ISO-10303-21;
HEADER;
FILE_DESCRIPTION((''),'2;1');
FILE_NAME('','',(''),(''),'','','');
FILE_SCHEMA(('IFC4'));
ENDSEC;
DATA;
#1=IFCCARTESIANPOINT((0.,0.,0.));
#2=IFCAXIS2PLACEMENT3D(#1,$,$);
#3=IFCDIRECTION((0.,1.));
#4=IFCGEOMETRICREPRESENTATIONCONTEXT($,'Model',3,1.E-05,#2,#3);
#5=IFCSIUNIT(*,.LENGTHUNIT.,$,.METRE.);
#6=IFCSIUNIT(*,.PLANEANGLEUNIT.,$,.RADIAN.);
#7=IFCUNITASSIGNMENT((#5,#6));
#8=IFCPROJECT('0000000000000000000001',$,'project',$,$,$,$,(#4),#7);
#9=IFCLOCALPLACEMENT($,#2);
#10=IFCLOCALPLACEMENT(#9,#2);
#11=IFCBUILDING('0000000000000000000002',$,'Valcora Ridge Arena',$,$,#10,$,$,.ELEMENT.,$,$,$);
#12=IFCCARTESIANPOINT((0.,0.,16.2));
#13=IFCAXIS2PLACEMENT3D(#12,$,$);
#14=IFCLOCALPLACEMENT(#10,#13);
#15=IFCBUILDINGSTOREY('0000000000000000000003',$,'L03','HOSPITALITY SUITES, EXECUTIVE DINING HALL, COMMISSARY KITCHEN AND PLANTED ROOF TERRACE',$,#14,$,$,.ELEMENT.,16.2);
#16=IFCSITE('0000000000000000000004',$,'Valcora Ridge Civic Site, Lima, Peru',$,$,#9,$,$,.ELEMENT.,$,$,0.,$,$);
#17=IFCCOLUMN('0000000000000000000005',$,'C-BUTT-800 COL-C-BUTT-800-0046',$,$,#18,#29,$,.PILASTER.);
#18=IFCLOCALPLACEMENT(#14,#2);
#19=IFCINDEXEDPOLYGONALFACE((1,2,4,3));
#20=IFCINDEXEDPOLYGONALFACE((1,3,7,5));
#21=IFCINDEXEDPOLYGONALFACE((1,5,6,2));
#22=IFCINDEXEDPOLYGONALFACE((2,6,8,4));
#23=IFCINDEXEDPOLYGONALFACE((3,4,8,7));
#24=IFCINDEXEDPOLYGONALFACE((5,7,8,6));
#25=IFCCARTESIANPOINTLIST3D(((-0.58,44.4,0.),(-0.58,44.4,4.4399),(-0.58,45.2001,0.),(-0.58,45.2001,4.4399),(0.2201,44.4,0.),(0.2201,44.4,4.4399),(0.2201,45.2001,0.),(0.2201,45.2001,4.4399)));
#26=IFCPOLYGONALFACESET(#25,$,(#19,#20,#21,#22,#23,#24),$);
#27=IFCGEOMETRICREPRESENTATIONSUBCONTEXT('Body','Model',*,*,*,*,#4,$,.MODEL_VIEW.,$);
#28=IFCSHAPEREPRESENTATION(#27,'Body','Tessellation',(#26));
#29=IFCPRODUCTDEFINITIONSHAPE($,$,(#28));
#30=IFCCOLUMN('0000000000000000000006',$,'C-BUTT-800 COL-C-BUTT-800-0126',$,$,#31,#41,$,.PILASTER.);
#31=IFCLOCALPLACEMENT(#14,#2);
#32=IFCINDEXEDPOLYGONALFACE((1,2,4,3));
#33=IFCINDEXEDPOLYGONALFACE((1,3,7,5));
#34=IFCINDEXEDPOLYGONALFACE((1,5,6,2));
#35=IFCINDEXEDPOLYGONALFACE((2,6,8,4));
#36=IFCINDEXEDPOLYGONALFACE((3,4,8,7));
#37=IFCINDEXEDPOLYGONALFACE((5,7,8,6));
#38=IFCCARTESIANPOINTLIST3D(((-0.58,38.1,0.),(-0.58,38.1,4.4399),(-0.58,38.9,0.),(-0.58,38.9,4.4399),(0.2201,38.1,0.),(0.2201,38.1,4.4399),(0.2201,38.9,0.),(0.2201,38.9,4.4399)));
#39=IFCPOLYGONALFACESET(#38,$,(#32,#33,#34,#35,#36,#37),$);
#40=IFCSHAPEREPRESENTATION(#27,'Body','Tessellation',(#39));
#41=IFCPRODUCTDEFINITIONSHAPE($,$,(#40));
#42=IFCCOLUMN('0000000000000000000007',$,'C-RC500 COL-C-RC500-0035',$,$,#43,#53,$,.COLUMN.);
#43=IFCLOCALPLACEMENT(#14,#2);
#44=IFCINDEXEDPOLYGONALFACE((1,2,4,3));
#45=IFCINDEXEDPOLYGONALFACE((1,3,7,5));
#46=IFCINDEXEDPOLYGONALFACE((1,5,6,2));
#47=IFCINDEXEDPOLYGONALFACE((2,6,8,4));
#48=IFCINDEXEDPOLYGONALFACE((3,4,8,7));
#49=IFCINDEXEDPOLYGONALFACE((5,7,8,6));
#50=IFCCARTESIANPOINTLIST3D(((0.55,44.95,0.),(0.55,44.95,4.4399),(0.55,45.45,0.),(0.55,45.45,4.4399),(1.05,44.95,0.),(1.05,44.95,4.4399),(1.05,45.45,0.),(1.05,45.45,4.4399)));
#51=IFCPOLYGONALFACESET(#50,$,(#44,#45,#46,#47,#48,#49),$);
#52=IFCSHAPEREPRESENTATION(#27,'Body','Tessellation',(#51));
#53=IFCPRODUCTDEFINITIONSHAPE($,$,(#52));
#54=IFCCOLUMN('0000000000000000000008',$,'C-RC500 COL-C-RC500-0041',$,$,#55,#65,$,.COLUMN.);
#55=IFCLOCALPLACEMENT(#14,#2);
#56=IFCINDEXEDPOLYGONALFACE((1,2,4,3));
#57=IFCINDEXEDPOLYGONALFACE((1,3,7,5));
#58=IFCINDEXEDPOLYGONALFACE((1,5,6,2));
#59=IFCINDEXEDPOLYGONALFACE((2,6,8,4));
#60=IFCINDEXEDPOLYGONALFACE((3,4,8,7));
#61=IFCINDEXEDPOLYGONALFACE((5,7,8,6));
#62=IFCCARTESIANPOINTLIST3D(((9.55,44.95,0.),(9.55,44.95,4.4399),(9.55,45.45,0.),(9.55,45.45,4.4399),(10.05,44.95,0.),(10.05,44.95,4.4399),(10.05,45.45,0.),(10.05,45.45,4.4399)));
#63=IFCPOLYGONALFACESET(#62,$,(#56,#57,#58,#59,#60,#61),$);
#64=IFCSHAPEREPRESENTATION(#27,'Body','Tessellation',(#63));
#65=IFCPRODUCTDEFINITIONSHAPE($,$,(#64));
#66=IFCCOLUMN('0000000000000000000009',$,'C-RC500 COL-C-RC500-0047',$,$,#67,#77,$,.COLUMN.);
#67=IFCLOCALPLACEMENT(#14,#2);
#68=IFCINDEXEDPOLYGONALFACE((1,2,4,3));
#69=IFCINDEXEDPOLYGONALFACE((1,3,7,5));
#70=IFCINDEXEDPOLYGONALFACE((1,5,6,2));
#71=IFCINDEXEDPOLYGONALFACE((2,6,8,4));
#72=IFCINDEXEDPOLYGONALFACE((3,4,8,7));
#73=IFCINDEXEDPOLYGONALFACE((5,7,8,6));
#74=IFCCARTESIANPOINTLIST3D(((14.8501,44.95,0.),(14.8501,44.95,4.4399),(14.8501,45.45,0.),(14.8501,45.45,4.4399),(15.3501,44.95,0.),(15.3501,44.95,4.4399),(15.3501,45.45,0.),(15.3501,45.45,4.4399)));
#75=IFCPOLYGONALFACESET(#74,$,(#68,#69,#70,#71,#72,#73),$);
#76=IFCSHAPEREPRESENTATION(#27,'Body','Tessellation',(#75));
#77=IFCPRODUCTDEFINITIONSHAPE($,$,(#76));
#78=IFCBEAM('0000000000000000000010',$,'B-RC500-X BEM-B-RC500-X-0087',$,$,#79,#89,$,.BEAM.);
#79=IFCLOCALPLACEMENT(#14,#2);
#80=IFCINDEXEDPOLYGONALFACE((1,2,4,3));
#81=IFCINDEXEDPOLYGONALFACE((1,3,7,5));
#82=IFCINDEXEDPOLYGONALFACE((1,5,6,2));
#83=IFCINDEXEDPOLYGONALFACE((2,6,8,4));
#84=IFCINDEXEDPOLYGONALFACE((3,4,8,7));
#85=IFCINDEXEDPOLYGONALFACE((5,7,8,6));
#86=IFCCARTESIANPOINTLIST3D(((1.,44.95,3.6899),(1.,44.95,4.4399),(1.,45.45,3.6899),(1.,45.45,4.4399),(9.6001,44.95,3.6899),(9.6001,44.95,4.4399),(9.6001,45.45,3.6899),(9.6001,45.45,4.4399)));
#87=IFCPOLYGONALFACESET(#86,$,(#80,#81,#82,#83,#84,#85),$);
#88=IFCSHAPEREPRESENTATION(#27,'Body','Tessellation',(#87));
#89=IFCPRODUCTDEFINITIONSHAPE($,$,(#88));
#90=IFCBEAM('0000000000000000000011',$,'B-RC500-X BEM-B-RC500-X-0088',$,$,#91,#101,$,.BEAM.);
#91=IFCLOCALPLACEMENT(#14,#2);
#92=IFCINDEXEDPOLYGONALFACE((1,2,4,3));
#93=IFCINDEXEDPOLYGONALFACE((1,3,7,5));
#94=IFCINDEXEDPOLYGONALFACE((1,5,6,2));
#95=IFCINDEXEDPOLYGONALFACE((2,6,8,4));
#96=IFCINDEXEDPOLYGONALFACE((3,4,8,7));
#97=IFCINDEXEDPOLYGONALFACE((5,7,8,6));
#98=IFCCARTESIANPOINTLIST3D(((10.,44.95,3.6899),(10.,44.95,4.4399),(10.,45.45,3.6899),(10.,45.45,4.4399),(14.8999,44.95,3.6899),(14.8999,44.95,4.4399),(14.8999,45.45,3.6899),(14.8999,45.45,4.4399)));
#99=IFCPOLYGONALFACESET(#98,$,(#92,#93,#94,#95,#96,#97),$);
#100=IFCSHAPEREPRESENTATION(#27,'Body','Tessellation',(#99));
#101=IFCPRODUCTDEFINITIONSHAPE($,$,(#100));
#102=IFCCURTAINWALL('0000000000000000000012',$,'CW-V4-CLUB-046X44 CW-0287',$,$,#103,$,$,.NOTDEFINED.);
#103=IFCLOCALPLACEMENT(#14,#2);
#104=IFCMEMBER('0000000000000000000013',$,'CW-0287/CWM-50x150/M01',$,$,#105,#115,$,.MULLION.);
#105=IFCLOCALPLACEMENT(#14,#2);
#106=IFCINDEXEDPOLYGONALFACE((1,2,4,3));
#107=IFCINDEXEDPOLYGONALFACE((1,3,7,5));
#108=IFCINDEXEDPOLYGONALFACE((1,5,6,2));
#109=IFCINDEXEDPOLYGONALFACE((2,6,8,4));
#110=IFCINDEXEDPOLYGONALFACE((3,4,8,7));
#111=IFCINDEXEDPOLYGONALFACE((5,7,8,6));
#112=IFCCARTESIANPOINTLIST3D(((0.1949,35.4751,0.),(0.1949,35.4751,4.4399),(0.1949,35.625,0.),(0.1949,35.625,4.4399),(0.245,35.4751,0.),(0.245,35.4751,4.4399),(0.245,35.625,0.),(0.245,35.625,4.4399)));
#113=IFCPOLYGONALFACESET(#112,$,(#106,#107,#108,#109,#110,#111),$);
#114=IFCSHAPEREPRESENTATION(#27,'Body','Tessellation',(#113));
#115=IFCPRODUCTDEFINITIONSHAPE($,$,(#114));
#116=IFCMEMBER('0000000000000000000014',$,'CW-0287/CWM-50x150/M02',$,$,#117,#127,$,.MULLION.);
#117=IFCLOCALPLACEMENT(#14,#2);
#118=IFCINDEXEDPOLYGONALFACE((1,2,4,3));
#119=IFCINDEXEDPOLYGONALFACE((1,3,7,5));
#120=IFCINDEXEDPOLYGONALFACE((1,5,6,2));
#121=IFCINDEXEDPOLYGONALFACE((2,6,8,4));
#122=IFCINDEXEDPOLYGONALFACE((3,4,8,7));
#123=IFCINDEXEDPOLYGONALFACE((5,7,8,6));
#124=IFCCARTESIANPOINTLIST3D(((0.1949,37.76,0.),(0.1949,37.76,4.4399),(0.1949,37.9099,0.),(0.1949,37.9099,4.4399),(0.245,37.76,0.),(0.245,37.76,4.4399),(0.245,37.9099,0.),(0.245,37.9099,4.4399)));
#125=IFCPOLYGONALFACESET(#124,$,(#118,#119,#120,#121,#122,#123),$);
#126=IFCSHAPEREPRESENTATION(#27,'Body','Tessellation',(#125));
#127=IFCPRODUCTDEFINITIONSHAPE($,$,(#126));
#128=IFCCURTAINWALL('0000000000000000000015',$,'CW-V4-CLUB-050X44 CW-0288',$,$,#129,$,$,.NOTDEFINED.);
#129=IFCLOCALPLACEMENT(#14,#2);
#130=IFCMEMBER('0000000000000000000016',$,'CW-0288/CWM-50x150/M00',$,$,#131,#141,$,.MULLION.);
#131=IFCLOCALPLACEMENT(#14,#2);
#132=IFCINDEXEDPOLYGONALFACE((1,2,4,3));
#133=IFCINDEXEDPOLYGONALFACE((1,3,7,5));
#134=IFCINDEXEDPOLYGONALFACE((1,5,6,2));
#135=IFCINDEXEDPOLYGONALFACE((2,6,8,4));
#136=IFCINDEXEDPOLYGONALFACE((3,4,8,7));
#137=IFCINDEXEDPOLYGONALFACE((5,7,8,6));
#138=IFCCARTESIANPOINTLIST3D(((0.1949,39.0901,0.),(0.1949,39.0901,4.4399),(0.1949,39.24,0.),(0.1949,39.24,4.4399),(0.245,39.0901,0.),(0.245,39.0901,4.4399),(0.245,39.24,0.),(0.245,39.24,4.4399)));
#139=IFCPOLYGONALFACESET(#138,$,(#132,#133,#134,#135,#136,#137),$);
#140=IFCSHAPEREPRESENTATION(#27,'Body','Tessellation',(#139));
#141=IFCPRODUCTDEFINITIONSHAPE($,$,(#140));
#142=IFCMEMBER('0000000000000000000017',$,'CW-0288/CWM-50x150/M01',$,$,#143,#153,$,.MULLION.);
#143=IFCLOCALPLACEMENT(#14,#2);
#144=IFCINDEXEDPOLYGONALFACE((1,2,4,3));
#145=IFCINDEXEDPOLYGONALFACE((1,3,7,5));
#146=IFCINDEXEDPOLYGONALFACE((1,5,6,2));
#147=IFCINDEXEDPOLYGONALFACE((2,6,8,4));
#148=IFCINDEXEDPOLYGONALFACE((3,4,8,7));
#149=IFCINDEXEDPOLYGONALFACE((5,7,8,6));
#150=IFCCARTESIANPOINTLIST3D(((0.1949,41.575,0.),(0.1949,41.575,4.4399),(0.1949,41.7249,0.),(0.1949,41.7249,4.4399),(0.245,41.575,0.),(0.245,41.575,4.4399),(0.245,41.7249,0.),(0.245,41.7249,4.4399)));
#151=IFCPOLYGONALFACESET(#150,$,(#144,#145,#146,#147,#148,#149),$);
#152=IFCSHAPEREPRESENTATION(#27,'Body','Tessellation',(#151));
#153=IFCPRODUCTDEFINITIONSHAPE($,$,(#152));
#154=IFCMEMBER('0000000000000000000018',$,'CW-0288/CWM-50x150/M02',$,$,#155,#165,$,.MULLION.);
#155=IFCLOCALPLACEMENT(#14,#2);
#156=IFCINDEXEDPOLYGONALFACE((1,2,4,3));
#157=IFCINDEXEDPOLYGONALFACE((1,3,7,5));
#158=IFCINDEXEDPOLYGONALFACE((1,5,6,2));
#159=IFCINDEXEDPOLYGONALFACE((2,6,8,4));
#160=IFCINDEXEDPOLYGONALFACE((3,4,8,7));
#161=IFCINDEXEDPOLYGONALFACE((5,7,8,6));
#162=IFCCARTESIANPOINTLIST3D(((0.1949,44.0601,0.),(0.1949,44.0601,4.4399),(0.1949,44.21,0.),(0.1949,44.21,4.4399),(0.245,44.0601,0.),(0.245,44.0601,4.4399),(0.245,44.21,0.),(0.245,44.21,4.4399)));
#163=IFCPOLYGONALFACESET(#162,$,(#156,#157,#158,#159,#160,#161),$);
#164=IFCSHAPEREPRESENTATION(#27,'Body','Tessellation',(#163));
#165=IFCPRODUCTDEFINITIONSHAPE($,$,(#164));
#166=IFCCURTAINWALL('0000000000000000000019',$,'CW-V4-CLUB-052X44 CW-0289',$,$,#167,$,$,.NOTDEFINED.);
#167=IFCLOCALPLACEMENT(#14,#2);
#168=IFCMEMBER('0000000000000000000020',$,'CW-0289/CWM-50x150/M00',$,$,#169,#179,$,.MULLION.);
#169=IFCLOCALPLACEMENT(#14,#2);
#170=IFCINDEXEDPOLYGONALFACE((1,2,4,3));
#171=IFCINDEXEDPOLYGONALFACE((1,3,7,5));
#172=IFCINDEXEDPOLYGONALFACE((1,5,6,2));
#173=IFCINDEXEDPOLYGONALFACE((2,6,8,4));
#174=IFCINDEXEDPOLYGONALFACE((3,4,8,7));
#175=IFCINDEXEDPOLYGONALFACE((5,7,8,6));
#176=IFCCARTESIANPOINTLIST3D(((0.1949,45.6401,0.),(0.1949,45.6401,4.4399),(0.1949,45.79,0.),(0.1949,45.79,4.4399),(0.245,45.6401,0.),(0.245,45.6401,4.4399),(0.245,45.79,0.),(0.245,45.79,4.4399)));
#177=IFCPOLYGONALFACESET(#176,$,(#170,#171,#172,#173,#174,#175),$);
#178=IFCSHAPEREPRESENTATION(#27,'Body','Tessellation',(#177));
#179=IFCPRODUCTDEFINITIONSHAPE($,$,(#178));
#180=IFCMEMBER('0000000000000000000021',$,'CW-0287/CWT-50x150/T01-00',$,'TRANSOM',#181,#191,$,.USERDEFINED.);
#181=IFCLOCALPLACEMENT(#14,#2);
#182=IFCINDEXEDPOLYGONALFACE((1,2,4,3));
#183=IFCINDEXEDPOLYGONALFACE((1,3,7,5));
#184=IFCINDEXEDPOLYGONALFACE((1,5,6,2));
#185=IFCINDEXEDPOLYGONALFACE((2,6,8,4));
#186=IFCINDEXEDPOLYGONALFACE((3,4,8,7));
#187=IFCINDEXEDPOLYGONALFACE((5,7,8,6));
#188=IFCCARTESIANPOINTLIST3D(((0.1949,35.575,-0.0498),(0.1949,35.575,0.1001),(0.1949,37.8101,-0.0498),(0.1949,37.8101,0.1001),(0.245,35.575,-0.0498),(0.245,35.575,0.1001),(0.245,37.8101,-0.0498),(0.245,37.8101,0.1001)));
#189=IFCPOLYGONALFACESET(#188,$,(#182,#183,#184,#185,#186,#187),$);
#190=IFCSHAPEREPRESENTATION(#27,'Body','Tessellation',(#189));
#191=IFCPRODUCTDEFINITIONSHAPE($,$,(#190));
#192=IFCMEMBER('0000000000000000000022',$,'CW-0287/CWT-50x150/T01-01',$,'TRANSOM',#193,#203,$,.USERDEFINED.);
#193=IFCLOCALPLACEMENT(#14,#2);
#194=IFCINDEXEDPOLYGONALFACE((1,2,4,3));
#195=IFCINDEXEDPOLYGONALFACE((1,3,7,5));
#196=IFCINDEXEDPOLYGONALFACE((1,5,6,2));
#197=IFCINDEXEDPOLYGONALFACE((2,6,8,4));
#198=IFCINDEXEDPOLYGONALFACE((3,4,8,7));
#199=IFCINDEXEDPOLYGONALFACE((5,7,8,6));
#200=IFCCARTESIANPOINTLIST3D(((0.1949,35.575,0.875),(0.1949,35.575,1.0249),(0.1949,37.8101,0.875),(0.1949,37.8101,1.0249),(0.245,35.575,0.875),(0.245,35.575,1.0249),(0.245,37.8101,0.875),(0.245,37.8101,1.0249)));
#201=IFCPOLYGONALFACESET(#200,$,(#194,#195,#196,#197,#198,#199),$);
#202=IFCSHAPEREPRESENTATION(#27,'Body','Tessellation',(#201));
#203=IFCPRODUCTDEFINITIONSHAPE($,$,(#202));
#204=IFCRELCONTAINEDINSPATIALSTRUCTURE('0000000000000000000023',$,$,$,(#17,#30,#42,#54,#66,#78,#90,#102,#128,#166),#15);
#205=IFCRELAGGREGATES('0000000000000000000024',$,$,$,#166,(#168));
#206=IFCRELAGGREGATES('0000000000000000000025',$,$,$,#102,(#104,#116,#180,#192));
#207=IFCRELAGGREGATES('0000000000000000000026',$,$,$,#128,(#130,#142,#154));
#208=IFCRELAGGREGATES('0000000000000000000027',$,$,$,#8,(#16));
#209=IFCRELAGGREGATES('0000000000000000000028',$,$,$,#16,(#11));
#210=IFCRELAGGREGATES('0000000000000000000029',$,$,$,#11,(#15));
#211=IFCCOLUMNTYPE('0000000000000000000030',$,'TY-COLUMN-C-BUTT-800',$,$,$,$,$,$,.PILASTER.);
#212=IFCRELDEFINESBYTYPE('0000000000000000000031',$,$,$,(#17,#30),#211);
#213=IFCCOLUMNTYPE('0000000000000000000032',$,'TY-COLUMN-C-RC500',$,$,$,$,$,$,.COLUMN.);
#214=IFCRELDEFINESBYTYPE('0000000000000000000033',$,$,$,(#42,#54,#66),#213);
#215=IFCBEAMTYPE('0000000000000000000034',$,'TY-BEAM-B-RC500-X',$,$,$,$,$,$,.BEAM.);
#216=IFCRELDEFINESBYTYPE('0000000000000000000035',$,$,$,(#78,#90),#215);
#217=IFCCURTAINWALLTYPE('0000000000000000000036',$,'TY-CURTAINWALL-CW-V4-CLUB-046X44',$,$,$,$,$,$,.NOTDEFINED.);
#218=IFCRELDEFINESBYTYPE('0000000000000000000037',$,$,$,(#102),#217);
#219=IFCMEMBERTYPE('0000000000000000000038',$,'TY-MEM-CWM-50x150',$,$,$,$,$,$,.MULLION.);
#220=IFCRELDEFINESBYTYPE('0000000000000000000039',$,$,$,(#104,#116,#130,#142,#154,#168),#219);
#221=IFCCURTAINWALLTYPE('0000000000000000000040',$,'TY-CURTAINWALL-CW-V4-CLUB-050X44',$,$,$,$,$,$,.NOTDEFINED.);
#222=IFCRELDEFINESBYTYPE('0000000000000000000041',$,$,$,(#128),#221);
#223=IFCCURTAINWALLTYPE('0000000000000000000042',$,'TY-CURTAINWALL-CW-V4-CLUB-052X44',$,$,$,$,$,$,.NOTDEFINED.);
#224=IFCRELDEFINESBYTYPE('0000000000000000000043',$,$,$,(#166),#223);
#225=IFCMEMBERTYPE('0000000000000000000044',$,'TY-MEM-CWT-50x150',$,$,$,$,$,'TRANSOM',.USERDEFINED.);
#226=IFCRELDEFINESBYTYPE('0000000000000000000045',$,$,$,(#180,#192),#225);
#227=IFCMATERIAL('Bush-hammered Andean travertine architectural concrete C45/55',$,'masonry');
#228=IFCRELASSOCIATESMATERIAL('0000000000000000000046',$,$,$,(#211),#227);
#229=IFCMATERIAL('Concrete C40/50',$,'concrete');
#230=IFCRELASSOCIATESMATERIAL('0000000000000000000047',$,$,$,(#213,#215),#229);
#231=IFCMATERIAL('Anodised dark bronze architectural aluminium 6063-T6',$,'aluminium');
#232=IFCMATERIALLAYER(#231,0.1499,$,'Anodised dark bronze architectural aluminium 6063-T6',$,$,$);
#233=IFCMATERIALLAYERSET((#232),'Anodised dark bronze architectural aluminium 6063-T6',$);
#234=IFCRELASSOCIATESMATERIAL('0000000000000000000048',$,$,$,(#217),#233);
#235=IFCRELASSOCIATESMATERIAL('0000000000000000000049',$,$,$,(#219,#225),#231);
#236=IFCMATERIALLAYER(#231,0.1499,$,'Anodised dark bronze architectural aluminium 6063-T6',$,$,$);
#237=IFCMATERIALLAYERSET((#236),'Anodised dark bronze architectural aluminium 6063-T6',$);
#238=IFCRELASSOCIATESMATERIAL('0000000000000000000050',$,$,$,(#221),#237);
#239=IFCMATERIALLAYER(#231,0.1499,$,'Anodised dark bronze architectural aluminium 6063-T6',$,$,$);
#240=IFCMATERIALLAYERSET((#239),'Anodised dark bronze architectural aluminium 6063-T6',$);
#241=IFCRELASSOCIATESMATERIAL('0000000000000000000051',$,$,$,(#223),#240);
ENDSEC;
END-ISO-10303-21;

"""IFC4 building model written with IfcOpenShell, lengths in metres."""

from ifc_helpers import new_model, si_unit, direction, frame, origin, origin_2d, place, context, subcontext, project, spatial, rectangle, extrude, material, layer, layer_set, material_profile, profile_set, type_object, element, aggregate, save


model = new_model("IFC4")

# Units and contexts
model_context = context("Model", 3, precision=1e-05, world=origin(), true_north=direction((0.0, 1.0)))
body_context = subcontext(model_context, "Body", "Model", "MODEL_VIEW")
ifc_project = project(units=[si_unit("LENGTHUNIT", "METRE"), si_unit("PLANEANGLEUNIT", "RADIAN")], contexts=[model_context])

# Site, building, storey
site_placement = place(None, origin())
site = spatial("IfcSite", under=ifc_project, at=site_placement, Name="Valcora Ridge Civic Site, Lima, Peru", CompositionType="ELEMENT", RefElevation=0.0)
building_placement = place(site_placement, origin())
building = spatial("IfcBuilding", under=site, at=building_placement, Name="Valcora Ridge Arena", CompositionType="ELEMENT")
storey_placement = place(building_placement, frame((0.0, 0.0, 16.2)))
storey = spatial("IfcBuildingStorey", under=building, at=storey_placement, Name="L03", Description="HOSPITALITY SUITES, EXECUTIVE DINING HALL, COMMISSARY KITCHEN AND PLANTED ROOF TERRACE", CompositionType="ELEMENT", Elevation=16.2)

# Columns
ifc_material_1 = material(Name="Bush-hammered Andean travertine architectural concrete C45/55", Category="masonry")
ifc_material_profile_1 = material_profile(ifc_material_1, rectangle(XDim=0.8, YDim=0.8, at=origin_2d()), Name="RC 800x800")
ifc_profile_set_1 = profile_set([ifc_material_profile_1], Name="Bush-hammered Andean travertine architectural concrete C45/55")
column_type_1 = type_object("IfcColumnType", Name="TY-COLUMN-C-BUTT-800", PredefinedType="PILASTER", material=ifc_profile_set_1)
for number, where, z_axis, x_axis, name in (
    (1, (-0.1799, 44.8, 0.0), (0.0, 0.0, 1.0), (1.0, 0.0, 0.0), "C-BUTT-800 COL-C-BUTT-800-0046"),
    (2, (-0.1799, 38.5, 0.0), (0.0, 0.0, 1.0), (1.0, 0.0, 0.0), "C-BUTT-800 COL-C-BUTT-800-0126"),
):
    element("IfcColumn", number, at=place(storey_placement, frame(where, z_axis=z_axis, x_axis=x_axis)), inside=storey, type_object=column_type_1, Name=name, PredefinedType="PILASTER", context=body_context, shape_type="SweptSolid", body=[
        extrude(rectangle(XDim=0.8, YDim=0.8, at=origin_2d()), origin(), (0.0, 0.0, 1.0), 4.4399),
    ])
ifc_material_2 = material(Name="Concrete C40/50", Category="concrete")
ifc_material_profile_2 = material_profile(ifc_material_2, rectangle(XDim=0.5, YDim=0.5, at=origin_2d()), Name="RC 500x500")
ifc_profile_set_2 = profile_set([ifc_material_profile_2], Name="Concrete C40/50")
column_type_2 = type_object("IfcColumnType", Name="TY-COLUMN-C-RC500", PredefinedType="COLUMN", material=ifc_profile_set_2)
for number, where, z_axis, x_axis, name in (
    (3, (0.8, 45.2, 0.0), (0.0, 0.0, 1.0), (1.0, 0.0, 0.0), "C-RC500 COL-C-RC500-0035"),
    (4, (9.8, 45.2, 0.0), (0.0, 0.0, 1.0), (1.0, 0.0, 0.0), "C-RC500 COL-C-RC500-0041"),
    (5, (15.1001, 45.2, 0.0), (0.0, 0.0, 1.0), (1.0, 0.0, 0.0), "C-RC500 COL-C-RC500-0047"),
):
    element("IfcColumn", number, at=place(storey_placement, frame(where, z_axis=z_axis, x_axis=x_axis)), inside=storey, type_object=column_type_2, Name=name, PredefinedType="COLUMN", context=body_context, shape_type="SweptSolid", body=[
        extrude(rectangle(XDim=0.5, YDim=0.5, at=origin_2d()), origin(), (0.0, 0.0, 1.0), 4.4399),
    ])

# Beams
ifc_material_profile_3 = material_profile(ifc_material_2, rectangle(XDim=0.5, YDim=0.75, at=origin_2d()), Name="RC 500x750")
ifc_profile_set_3 = profile_set([ifc_material_profile_3], Name="Concrete C40/50")
beam_type = type_object("IfcBeamType", Name="TY-BEAM-B-RC500-X", PredefinedType="BEAM", material=ifc_profile_set_3)
beam_1_placement = place(storey_placement, frame((1.0, 45.2, 4.0649), z_axis=(1.0, 0.0, 0.0), x_axis=(0.0, 1.0, 0.0)))
element("IfcBeam", 6, at=beam_1_placement, inside=storey, type_object=beam_type, Name="B-RC500-X BEM-B-RC500-X-0087", PredefinedType="BEAM", context=body_context, shape_type="SweptSolid", body=[
    extrude(rectangle(XDim=0.5, YDim=0.75, at=origin_2d()), origin(), (0.0, 0.0, 1.0), 8.6001),
])
beam_2_placement = place(storey_placement, frame((10.0, 45.2, 4.0649), z_axis=(1.0, 0.0, 0.0), x_axis=(0.0, 1.0, 0.0)))
element("IfcBeam", 7, at=beam_2_placement, inside=storey, type_object=beam_type, Name="B-RC500-X BEM-B-RC500-X-0088", PredefinedType="BEAM", context=body_context, shape_type="SweptSolid", body=[
    extrude(rectangle(XDim=0.5, YDim=0.75, at=origin_2d()), origin(), (0.0, 0.0, 1.0), 4.8999),
])

# Curtain walls, members
ifc_material_3 = material(Name="Anodised dark bronze architectural aluminium 6063-T6", Category="aluminium")
ifc_layer_1 = layer(ifc_material_3, 0.1499, Name="Anodised dark bronze architectural aluminium 6063-T6")
ifc_layer_set_1 = layer_set([ifc_layer_1], Name="Anodised dark bronze architectural aluminium 6063-T6")
curtain_wall_type_1 = type_object("IfcCurtainWallType", Name="TY-CURTAINWALL-CW-V4-CLUB-046X44", PredefinedType="NOTDEFINED", material=ifc_layer_set_1)
curtain_wall_1_placement = place(storey_placement, origin())
curtain_wall_1 = element("IfcCurtainWall", 8, at=curtain_wall_1_placement, inside=storey, type_object=curtain_wall_type_1, Name="CW-V4-CLUB-046X44 CW-0287", PredefinedType="NOTDEFINED")
ifc_material_profile_4 = material_profile(ifc_material_3, rectangle(XDim=0.05, YDim=0.1499, at=origin_2d()), Name="ALU MULLION 50x150")
ifc_profile_set_4 = profile_set([ifc_material_profile_4], Name="Anodised dark bronze architectural aluminium 6063-T6")
member_type_1 = type_object("IfcMemberType", Name="TY-MEM-CWM-50x150", PredefinedType="MULLION", material=ifc_profile_set_4)
member_1_placement = place(storey_placement, frame((0.22, 35.55, 0.0), z_axis=(0.0, 0.0, 1.0), x_axis=(-1.0, 0.0, 0.0)))
member_1 = element("IfcMember", 9, at=member_1_placement, type_object=member_type_1, Name="CW-0287/CWM-50x150/M01", PredefinedType="MULLION", context=body_context, shape_type="SweptSolid", body=[
    extrude(rectangle(XDim=0.05, YDim=0.1499, at=origin_2d()), origin(), (0.0, 0.0, 1.0), 4.4399),
])
member_2_placement = place(storey_placement, frame((0.22, 37.835, 0.0), z_axis=(0.0, 0.0, 1.0), x_axis=(-1.0, 0.0, 0.0)))
member_2 = element("IfcMember", 10, at=member_2_placement, type_object=member_type_1, Name="CW-0287/CWM-50x150/M02", PredefinedType="MULLION", context=body_context, shape_type="SweptSolid", body=[
    extrude(rectangle(XDim=0.05, YDim=0.1499, at=origin_2d()), origin(), (0.0, 0.0, 1.0), 4.4399),
])
ifc_layer_2 = layer(ifc_material_3, 0.1499, Name="Anodised dark bronze architectural aluminium 6063-T6")
ifc_layer_set_2 = layer_set([ifc_layer_2], Name="Anodised dark bronze architectural aluminium 6063-T6")
curtain_wall_type_2 = type_object("IfcCurtainWallType", Name="TY-CURTAINWALL-CW-V4-CLUB-050X44", PredefinedType="NOTDEFINED", material=ifc_layer_set_2)
curtain_wall_2_placement = place(storey_placement, origin())
curtain_wall_2 = element("IfcCurtainWall", 11, at=curtain_wall_2_placement, inside=storey, type_object=curtain_wall_type_2, Name="CW-V4-CLUB-050X44 CW-0288", PredefinedType="NOTDEFINED")
member_3_placement = place(storey_placement, frame((0.22, 39.165, 0.0), z_axis=(0.0, 0.0, 1.0), x_axis=(-1.0, 0.0, 0.0)))
member_3 = element("IfcMember", 12, at=member_3_placement, type_object=member_type_1, Name="CW-0288/CWM-50x150/M00", PredefinedType="MULLION", context=body_context, shape_type="SweptSolid", body=[
    extrude(rectangle(XDim=0.05, YDim=0.1499, at=origin_2d()), origin(), (0.0, 0.0, 1.0), 4.4399),
])
member_4_placement = place(storey_placement, frame((0.22, 41.6499, 0.0), z_axis=(0.0, 0.0, 1.0), x_axis=(-1.0, 0.0, 0.0)))
member_4 = element("IfcMember", 13, at=member_4_placement, type_object=member_type_1, Name="CW-0288/CWM-50x150/M01", PredefinedType="MULLION", context=body_context, shape_type="SweptSolid", body=[
    extrude(rectangle(XDim=0.05, YDim=0.1499, at=origin_2d()), origin(), (0.0, 0.0, 1.0), 4.4399),
])
member_5_placement = place(storey_placement, frame((0.22, 44.135, 0.0), z_axis=(0.0, 0.0, 1.0), x_axis=(-1.0, 0.0, 0.0)))
member_5 = element("IfcMember", 14, at=member_5_placement, type_object=member_type_1, Name="CW-0288/CWM-50x150/M02", PredefinedType="MULLION", context=body_context, shape_type="SweptSolid", body=[
    extrude(rectangle(XDim=0.05, YDim=0.1499, at=origin_2d()), origin(), (0.0, 0.0, 1.0), 4.4399),
])

# Curtain wall, member
ifc_layer_3 = layer(ifc_material_3, 0.1499, Name="Anodised dark bronze architectural aluminium 6063-T6")
ifc_layer_set_3 = layer_set([ifc_layer_3], Name="Anodised dark bronze architectural aluminium 6063-T6")
curtain_wall_type_3 = type_object("IfcCurtainWallType", Name="TY-CURTAINWALL-CW-V4-CLUB-052X44", PredefinedType="NOTDEFINED", material=ifc_layer_set_3)
curtain_wall_3_placement = place(storey_placement, origin())
curtain_wall_3 = element("IfcCurtainWall", 15, at=curtain_wall_3_placement, inside=storey, type_object=curtain_wall_type_3, Name="CW-V4-CLUB-052X44 CW-0289", PredefinedType="NOTDEFINED")
member_6_placement = place(storey_placement, frame((0.22, 45.7151, 0.0), z_axis=(0.0, 0.0, 1.0), x_axis=(-1.0, 0.0, 0.0)))
member_6 = element("IfcMember", 16, at=member_6_placement, type_object=member_type_1, Name="CW-0289/CWM-50x150/M00", PredefinedType="MULLION", context=body_context, shape_type="SweptSolid", body=[
    extrude(rectangle(XDim=0.05, YDim=0.1499, at=origin_2d()), origin(), (0.0, 0.0, 1.0), 4.4399),
])

# Members
ifc_material_profile_5 = material_profile(ifc_material_3, rectangle(XDim=0.05, YDim=0.1499, at=origin_2d()), Name="ALU TRANSOM 50x150")
ifc_profile_set_5 = profile_set([ifc_material_profile_5], Name="Anodised dark bronze architectural aluminium 6063-T6")
member_type_2 = type_object("IfcMemberType", Name="TY-MEM-CWT-50x150", ElementType="TRANSOM", PredefinedType="USERDEFINED", material=ifc_profile_set_5)
member_7_placement = place(storey_placement, frame((0.22, 35.575, 0.0251), z_axis=(0.0, 1.0, 0.0), x_axis=(-1.0, 0.0, 0.0)))
member_7 = element("IfcMember", 17, at=member_7_placement, type_object=member_type_2, Name="CW-0287/CWT-50x150/T01-00", ObjectType="TRANSOM", PredefinedType="USERDEFINED", context=body_context, shape_type="SweptSolid", body=[
    extrude(rectangle(XDim=0.05, YDim=0.1499, at=origin_2d()), origin(), (0.0, 0.0, 1.0), 2.2351),
])
member_8_placement = place(storey_placement, frame((0.22, 35.575, 0.95), z_axis=(0.0, 1.0, 0.0), x_axis=(-1.0, 0.0, 0.0)))
member_8 = element("IfcMember", 18, at=member_8_placement, type_object=member_type_2, Name="CW-0287/CWT-50x150/T01-01", ObjectType="TRANSOM", PredefinedType="USERDEFINED", context=body_context, shape_type="SweptSolid", body=[
    extrude(rectangle(XDim=0.05, YDim=0.1499, at=origin_2d()), origin(), (0.0, 0.0, 1.0), 2.2351),
])
aggregate(curtain_wall_3, [member_6])

aggregate(curtain_wall_1, [member_1, member_2, member_7, member_8])
aggregate(curtain_wall_2, [member_3, member_4, member_5])

save(model, "model.ifc")
